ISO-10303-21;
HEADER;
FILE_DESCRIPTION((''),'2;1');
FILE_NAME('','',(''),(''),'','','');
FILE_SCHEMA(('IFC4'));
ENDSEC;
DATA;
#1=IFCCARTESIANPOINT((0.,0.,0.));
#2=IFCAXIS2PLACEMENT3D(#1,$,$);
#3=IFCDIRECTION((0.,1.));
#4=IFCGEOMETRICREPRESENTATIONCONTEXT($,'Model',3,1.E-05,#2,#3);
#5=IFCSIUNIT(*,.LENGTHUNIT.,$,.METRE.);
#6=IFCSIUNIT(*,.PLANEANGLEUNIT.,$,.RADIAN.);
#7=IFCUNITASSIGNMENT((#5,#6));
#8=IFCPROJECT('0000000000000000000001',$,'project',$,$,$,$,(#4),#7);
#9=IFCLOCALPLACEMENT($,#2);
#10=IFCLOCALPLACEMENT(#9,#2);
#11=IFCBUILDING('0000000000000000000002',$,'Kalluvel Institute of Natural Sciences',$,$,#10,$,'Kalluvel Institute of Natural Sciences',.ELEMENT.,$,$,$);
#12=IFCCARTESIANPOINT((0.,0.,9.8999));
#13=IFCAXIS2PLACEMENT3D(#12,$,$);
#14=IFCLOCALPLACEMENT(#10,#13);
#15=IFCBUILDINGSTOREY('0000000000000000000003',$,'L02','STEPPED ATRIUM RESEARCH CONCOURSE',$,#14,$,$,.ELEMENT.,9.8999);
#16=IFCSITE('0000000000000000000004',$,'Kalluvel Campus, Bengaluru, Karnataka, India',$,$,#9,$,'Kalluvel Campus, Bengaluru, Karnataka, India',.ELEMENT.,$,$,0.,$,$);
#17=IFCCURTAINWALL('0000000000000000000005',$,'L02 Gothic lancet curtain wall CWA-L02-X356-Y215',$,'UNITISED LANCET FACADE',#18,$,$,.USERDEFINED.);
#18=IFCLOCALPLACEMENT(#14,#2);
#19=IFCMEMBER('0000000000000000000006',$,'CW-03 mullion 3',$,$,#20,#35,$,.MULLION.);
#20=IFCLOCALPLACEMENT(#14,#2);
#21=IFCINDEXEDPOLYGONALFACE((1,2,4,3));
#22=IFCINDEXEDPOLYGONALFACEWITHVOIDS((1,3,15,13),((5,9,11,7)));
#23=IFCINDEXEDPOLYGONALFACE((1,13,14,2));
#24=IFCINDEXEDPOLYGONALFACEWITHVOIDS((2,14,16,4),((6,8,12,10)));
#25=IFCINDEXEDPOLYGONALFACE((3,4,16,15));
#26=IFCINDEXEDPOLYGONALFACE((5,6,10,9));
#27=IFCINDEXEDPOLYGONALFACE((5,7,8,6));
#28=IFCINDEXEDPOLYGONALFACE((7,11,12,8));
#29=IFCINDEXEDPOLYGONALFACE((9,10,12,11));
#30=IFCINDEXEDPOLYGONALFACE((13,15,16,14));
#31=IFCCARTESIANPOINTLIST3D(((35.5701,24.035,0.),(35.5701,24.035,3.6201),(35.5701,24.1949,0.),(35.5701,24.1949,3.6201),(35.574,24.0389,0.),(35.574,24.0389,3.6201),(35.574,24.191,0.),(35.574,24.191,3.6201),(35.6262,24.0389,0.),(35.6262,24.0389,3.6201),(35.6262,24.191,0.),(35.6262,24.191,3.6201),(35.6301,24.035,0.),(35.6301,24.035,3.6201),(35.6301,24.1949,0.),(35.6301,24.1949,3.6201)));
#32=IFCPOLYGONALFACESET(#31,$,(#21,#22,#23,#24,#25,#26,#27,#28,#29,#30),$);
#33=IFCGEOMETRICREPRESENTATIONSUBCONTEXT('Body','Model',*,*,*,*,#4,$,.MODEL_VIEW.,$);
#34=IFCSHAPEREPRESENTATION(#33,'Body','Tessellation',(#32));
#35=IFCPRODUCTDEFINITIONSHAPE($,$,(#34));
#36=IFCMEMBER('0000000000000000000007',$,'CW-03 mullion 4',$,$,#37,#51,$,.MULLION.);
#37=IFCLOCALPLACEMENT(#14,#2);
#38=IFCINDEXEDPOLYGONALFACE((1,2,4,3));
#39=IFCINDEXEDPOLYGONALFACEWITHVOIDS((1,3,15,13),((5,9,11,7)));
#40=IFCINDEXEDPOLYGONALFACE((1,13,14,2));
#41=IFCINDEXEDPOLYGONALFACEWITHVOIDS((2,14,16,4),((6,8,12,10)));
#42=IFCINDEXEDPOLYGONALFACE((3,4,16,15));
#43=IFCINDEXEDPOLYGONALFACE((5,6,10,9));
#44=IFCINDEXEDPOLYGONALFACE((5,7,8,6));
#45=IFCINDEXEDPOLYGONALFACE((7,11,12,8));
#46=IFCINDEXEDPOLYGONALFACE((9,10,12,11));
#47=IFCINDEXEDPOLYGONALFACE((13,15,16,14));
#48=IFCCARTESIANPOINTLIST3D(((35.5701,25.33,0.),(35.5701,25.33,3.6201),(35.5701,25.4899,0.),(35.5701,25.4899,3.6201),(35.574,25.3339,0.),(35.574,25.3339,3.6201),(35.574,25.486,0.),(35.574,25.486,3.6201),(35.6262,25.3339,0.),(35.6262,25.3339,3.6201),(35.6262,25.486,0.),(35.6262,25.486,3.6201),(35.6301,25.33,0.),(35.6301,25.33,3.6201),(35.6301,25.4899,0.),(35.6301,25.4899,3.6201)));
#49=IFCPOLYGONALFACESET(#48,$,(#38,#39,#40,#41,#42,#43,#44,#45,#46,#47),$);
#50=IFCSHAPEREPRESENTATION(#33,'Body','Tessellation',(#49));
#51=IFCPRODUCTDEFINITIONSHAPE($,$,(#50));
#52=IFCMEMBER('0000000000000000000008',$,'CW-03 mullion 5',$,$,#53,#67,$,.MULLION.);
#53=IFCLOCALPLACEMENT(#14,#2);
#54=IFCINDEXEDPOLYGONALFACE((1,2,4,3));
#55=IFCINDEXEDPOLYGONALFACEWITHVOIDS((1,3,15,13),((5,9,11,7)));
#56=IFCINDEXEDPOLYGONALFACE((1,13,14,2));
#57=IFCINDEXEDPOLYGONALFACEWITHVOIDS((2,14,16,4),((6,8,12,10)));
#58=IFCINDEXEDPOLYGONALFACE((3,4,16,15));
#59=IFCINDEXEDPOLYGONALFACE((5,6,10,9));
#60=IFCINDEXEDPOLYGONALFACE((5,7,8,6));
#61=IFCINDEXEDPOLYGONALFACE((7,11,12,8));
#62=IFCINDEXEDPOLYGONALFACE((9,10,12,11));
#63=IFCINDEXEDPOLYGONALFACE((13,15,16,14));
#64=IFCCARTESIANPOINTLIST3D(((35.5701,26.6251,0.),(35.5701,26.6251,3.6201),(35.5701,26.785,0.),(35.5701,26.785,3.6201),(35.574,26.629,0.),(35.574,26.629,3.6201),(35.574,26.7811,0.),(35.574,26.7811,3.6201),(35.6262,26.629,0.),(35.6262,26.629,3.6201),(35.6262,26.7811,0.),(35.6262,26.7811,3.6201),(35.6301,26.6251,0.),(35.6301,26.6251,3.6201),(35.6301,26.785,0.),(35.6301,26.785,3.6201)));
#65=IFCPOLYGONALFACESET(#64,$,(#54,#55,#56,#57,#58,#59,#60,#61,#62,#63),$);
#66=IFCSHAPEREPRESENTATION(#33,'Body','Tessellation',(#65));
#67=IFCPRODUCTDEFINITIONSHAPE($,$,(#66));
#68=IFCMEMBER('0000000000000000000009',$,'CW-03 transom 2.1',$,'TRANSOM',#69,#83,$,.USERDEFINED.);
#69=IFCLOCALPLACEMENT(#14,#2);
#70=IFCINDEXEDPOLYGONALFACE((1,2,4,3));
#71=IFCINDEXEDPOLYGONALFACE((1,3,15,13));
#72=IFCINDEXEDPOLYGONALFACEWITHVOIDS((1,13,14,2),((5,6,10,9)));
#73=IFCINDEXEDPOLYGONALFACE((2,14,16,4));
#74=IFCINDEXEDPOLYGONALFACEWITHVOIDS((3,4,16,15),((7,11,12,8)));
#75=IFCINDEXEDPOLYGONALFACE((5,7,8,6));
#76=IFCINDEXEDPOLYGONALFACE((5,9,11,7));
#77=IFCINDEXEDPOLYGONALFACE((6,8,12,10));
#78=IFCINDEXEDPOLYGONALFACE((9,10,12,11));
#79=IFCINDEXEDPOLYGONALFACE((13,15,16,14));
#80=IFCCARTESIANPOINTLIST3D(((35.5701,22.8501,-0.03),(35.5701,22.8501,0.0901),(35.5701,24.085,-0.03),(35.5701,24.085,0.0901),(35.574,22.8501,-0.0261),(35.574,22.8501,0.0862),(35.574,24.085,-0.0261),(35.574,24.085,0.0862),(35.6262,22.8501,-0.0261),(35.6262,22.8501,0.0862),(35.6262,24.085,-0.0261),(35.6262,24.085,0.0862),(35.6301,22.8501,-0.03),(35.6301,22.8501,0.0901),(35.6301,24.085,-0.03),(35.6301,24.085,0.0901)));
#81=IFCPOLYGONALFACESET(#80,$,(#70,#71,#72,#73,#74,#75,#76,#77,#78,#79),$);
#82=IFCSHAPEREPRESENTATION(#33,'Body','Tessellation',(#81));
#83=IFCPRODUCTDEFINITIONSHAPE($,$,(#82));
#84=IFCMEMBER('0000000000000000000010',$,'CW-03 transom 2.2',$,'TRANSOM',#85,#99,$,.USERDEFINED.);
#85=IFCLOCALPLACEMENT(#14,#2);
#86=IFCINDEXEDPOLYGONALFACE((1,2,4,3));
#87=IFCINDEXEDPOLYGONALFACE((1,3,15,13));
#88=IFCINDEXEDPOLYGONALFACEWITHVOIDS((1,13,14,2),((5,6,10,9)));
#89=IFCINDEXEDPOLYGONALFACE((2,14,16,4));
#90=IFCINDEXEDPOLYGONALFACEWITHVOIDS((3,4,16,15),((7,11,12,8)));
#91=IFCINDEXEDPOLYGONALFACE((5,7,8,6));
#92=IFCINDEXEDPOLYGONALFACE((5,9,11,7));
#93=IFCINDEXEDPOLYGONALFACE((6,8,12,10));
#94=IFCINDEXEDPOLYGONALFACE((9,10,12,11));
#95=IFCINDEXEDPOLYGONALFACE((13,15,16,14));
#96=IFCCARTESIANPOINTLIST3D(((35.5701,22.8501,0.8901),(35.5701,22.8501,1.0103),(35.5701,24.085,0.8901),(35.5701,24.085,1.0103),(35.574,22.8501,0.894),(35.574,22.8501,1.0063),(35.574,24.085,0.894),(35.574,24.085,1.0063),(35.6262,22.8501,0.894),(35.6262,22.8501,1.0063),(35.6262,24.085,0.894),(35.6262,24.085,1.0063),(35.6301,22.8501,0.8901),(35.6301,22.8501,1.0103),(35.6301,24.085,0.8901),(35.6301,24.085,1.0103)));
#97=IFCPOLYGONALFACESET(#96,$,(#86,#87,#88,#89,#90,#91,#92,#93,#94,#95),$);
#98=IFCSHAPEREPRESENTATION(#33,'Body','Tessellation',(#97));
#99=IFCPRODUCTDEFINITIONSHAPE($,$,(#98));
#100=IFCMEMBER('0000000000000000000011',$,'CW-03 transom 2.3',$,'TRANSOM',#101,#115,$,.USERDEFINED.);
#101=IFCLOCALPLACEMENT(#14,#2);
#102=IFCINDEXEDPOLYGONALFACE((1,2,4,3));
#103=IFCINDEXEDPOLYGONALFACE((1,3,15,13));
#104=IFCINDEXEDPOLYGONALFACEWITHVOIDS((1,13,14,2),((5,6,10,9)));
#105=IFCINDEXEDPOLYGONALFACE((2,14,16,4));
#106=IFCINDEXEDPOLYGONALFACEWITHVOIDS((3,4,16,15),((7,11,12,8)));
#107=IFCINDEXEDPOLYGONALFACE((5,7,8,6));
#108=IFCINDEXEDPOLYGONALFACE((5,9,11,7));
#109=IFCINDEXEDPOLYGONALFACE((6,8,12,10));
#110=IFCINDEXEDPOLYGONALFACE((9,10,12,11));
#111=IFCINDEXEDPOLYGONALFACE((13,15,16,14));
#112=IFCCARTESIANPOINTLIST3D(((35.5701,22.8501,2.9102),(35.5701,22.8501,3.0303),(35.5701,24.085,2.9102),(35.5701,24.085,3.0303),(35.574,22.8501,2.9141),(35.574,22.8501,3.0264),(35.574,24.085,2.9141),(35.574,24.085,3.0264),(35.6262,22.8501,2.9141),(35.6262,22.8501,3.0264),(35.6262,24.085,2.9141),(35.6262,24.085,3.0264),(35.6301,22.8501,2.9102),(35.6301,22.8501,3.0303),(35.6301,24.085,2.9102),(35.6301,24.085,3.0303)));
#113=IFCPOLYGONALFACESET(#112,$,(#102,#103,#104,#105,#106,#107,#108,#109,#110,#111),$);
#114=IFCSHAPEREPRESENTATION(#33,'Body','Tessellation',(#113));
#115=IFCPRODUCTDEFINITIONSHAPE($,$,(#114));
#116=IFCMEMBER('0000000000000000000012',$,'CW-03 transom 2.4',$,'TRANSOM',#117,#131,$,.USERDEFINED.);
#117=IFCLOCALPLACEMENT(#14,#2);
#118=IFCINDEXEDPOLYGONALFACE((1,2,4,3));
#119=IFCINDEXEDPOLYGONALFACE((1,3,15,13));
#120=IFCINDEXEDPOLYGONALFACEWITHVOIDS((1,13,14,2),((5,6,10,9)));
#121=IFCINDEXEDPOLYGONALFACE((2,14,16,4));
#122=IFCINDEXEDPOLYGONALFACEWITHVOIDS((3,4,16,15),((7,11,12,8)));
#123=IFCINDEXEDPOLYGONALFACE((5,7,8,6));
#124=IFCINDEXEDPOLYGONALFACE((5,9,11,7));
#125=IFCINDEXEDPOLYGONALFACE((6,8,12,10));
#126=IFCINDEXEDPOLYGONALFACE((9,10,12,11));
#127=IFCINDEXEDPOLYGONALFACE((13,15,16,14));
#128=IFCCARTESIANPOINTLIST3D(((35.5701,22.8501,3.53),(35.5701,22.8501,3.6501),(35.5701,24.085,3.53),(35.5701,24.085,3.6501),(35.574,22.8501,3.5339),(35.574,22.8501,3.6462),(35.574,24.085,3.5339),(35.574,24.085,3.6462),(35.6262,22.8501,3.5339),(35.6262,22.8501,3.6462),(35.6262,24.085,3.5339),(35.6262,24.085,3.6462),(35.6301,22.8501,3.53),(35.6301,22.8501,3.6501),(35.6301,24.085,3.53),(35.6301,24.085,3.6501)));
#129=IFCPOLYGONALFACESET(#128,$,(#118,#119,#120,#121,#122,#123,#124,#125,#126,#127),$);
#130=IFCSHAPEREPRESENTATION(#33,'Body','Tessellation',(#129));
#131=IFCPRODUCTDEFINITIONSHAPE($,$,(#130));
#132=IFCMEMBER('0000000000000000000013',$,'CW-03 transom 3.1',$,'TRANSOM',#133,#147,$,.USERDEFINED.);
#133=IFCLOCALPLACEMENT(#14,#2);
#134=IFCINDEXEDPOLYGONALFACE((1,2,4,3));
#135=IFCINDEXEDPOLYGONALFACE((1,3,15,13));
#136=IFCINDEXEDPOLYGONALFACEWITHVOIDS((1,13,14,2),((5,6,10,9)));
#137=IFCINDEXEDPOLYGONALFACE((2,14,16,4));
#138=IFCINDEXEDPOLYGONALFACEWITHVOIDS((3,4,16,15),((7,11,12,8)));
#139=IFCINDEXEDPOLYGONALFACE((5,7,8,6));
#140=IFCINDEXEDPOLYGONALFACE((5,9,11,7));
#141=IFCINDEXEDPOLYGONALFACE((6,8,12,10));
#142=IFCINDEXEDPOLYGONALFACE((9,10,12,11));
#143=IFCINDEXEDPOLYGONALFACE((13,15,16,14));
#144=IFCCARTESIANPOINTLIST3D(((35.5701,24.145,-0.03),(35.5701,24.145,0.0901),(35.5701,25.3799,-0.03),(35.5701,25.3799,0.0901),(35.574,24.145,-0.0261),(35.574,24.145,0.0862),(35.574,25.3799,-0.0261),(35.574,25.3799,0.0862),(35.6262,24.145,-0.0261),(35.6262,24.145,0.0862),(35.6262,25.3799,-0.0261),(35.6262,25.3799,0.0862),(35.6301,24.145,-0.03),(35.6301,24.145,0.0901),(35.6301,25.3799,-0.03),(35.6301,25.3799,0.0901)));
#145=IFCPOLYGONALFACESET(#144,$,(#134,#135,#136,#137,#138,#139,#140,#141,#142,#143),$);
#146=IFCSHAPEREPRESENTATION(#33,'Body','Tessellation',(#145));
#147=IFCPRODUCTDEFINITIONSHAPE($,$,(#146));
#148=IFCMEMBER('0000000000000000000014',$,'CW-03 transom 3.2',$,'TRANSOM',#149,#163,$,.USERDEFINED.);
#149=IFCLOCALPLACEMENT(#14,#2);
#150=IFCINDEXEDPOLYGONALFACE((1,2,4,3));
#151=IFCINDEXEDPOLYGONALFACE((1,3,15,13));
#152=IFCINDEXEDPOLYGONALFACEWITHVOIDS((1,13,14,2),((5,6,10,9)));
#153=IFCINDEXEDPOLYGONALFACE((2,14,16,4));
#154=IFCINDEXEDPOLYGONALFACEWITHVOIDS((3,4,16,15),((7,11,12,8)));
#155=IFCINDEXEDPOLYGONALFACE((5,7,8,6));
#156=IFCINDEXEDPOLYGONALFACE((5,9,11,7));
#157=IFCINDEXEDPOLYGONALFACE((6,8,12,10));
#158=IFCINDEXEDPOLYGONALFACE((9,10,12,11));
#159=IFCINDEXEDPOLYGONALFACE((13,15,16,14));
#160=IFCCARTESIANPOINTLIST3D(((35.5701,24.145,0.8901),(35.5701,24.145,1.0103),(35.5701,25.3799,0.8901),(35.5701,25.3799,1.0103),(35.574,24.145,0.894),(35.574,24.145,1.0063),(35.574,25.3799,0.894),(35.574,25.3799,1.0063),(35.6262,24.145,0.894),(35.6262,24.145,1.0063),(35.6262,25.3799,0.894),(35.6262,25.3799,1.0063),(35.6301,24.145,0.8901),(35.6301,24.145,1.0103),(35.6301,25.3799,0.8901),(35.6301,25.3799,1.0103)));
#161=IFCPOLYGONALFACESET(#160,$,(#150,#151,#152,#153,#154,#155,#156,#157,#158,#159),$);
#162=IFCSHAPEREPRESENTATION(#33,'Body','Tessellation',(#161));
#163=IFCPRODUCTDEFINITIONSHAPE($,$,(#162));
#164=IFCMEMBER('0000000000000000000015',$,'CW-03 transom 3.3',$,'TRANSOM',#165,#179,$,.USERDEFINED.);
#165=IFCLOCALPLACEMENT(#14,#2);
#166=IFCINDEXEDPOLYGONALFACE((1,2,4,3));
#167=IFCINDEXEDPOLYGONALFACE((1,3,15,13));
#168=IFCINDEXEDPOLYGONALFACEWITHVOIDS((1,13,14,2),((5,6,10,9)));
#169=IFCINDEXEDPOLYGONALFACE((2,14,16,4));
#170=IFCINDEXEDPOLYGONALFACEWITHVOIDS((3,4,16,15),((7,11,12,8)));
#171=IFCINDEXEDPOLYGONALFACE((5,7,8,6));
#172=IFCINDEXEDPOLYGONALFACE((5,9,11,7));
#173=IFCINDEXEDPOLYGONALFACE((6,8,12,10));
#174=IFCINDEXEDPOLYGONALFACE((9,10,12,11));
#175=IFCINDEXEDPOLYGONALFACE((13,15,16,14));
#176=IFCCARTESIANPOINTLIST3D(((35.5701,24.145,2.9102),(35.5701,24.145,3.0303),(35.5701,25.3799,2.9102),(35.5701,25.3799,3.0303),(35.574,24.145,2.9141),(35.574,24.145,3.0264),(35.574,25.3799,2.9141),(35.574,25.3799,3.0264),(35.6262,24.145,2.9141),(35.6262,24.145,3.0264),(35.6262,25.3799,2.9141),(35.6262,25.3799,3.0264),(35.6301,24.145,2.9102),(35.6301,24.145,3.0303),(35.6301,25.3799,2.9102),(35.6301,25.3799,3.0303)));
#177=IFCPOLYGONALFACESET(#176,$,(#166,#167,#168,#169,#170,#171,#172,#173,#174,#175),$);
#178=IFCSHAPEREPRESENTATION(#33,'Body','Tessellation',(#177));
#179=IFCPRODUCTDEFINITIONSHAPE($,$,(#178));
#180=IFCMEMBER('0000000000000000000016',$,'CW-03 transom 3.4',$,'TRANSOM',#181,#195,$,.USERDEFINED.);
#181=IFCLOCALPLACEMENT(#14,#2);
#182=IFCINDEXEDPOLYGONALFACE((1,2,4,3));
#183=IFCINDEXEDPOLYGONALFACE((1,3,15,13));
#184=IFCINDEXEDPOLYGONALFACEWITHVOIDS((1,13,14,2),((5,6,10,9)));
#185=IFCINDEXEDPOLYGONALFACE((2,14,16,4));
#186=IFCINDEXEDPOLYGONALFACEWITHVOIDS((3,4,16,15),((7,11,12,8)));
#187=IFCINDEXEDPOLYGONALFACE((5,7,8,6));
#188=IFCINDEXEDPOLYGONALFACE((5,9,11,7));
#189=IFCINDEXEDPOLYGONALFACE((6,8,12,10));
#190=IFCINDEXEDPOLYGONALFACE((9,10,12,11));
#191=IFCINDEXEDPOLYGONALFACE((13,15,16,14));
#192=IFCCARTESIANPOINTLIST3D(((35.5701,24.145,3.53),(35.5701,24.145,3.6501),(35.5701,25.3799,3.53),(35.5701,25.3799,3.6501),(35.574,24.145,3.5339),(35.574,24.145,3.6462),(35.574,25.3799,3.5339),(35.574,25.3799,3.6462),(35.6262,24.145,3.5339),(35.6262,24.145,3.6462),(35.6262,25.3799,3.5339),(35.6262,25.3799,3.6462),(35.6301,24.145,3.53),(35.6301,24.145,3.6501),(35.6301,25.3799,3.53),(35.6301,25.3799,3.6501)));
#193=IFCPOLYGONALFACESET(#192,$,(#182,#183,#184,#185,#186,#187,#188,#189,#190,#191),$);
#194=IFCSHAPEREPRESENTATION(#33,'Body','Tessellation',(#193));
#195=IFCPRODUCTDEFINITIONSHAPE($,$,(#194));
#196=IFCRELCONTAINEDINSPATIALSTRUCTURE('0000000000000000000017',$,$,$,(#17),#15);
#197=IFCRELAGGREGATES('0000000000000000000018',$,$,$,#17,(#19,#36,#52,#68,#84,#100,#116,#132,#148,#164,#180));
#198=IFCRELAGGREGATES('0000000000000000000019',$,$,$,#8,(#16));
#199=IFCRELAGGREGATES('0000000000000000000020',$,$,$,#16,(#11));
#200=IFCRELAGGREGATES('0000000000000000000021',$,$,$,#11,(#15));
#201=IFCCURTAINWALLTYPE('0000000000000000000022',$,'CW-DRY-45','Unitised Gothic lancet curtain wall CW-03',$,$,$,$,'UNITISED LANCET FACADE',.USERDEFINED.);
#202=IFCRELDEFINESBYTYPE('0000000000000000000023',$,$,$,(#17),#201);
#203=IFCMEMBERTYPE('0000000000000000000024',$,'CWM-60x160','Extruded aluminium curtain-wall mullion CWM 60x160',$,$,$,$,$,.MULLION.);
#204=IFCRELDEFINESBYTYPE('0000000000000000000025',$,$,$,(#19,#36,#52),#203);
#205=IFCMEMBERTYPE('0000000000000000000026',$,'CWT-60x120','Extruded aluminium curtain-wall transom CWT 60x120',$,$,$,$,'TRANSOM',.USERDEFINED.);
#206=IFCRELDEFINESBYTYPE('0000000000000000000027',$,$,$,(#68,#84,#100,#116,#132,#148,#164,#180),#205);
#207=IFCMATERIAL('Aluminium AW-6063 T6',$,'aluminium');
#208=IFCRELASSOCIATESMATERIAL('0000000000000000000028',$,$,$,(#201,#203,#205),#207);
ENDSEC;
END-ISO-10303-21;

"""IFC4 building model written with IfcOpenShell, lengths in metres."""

from ifc_helpers import new_model, si_unit, direction, frame, origin, origin_2d, place, context, subcontext, project, spatial, hollow_rectangle, extrude, material, material_profile, profile_set, type_object, element, aggregate, save


model = new_model("IFC4")

# Units and contexts
model_context = context("Model", 3, precision=1e-05, world=origin(), true_north=direction((0.0, 1.0)))
body_context = subcontext(model_context, "Body", "Model", "MODEL_VIEW")
ifc_project = project(units=[si_unit("LENGTHUNIT", "METRE"), si_unit("PLANEANGLEUNIT", "RADIAN")], contexts=[model_context])

# Site, building, storey
site_placement = place(None, origin())
site = spatial("IfcSite", under=ifc_project, at=site_placement, Name="Kalluvel Campus, Bengaluru, Karnataka, India", LongName="Kalluvel Campus, Bengaluru, Karnataka, India", CompositionType="ELEMENT", RefElevation=0.0)
building_placement = place(site_placement, origin())
building = spatial("IfcBuilding", under=site, at=building_placement, Name="Kalluvel Institute of Natural Sciences", LongName="Kalluvel Institute of Natural Sciences", CompositionType="ELEMENT")
storey_placement = place(building_placement, frame((0.0, 0.0, 9.8999)))
storey = spatial("IfcBuildingStorey", under=building, at=storey_placement, Name="L02", Description="STEPPED ATRIUM RESEARCH CONCOURSE", CompositionType="ELEMENT", Elevation=9.8999)

# Curtain wall, members
ifc_material_1 = material(Name="Aluminium AW-6063 T6", Category="aluminium")
curtain_wall_type = type_object("IfcCurtainWallType", Name="CW-DRY-45", Description="Unitised Gothic lancet curtain wall CW-03", ElementType="UNITISED LANCET FACADE", PredefinedType="USERDEFINED", material=ifc_material_1)
curtain_wall_placement = place(storey_placement, origin())
curtain_wall = element("IfcCurtainWall", 1, at=curtain_wall_placement, inside=storey, type_object=curtain_wall_type, Name="L02 Gothic lancet curtain wall CWA-L02-X356-Y215", ObjectType="UNITISED LANCET FACADE", PredefinedType="USERDEFINED")
ifc_material_profile_1 = material_profile(ifc_material_1, hollow_rectangle(XDim=0.0601, YDim=0.1599, WallThickness=0.0039, at=origin_2d()), Name="CWM 60x160")
ifc_profile_set_1 = profile_set([ifc_material_profile_1], Name="Aluminium AW-6063 T6")
member_type_1 = type_object("IfcMemberType", Name="CWM-60x160", Description="Extruded aluminium curtain-wall mullion CWM 60x160", PredefinedType="MULLION", material=ifc_profile_set_1)
member_1_placement = place(storey_placement, frame((35.6001, 24.115, 0.0), z_axis=(0.0, 0.0, 1.0), x_axis=(-1.0, 0.0, 0.0)))
member_1 = element("IfcMember", 2, at=member_1_placement, type_object=member_type_1, Name="CW-03 mullion 3", PredefinedType="MULLION", context=body_context, shape_type="SweptSolid", body=[
    extrude(hollow_rectangle(XDim=0.0601, YDim=0.1599, WallThickness=0.0039, at=origin_2d()), origin(), (0.0, 0.0, 1.0), 3.6201),
])
member_2_placement = place(storey_placement, frame((35.6001, 25.4099, 0.0), z_axis=(0.0, 0.0, 1.0), x_axis=(-1.0, 0.0, 0.0)))
member_2 = element("IfcMember", 3, at=member_2_placement, type_object=member_type_1, Name="CW-03 mullion 4", PredefinedType="MULLION", context=body_context, shape_type="SweptSolid", body=[
    extrude(hollow_rectangle(XDim=0.0601, YDim=0.1599, WallThickness=0.0039, at=origin_2d()), origin(), (0.0, 0.0, 1.0), 3.6201),
])
member_3_placement = place(storey_placement, frame((35.6001, 26.7051, 0.0), z_axis=(0.0, 0.0, 1.0), x_axis=(-1.0, 0.0, 0.0)))
member_3 = element("IfcMember", 4, at=member_3_placement, type_object=member_type_1, Name="CW-03 mullion 5", PredefinedType="MULLION", context=body_context, shape_type="SweptSolid", body=[
    extrude(hollow_rectangle(XDim=0.0601, YDim=0.1599, WallThickness=0.0039, at=origin_2d()), origin(), (0.0, 0.0, 1.0), 3.6201),
])
ifc_material_profile_2 = material_profile(ifc_material_1, hollow_rectangle(XDim=0.0601, YDim=0.1201, WallThickness=0.0039, at=origin_2d()), Name="CWT 60x120")
ifc_profile_set_2 = profile_set([ifc_material_profile_2], Name="Aluminium AW-6063 T6")
member_type_2 = type_object("IfcMemberType", Name="CWT-60x120", Description="Extruded aluminium curtain-wall transom CWT 60x120", ElementType="TRANSOM", PredefinedType="USERDEFINED", material=ifc_profile_set_2)
member_4_placement = place(storey_placement, frame((35.6001, 22.8501, 0.03), z_axis=(0.0, 1.0, 0.0), x_axis=(-1.0, 0.0, 0.0)))
member_4 = element("IfcMember", 5, at=member_4_placement, type_object=member_type_2, Name="CW-03 transom 2.1", ObjectType="TRANSOM", PredefinedType="USERDEFINED", context=body_context, shape_type="SweptSolid", body=[
    extrude(hollow_rectangle(XDim=0.0601, YDim=0.1201, WallThickness=0.0039, at=origin_2d()), origin(), (0.0, 0.0, 1.0), 1.2349),
])
member_5_placement = place(storey_placement, frame((35.6001, 22.8501, 0.9502), z_axis=(0.0, 1.0, 0.0), x_axis=(-1.0, 0.0, 0.0)))
member_5 = element("IfcMember", 6, at=member_5_placement, type_object=member_type_2, Name="CW-03 transom 2.2", ObjectType="TRANSOM", PredefinedType="USERDEFINED", context=body_context, shape_type="SweptSolid", body=[
    extrude(hollow_rectangle(XDim=0.0601, YDim=0.1201, WallThickness=0.0039, at=origin_2d()), origin(), (0.0, 0.0, 1.0), 1.2349),
])
member_6_placement = place(storey_placement, frame((35.6001, 22.8501, 2.9702), z_axis=(0.0, 1.0, 0.0), x_axis=(-1.0, 0.0, 0.0)))
member_6 = element("IfcMember", 7, at=member_6_placement, type_object=member_type_2, Name="CW-03 transom 2.3", ObjectType="TRANSOM", PredefinedType="USERDEFINED", context=body_context, shape_type="SweptSolid", body=[
    extrude(hollow_rectangle(XDim=0.0601, YDim=0.1201, WallThickness=0.0039, at=origin_2d()), origin(), (0.0, 0.0, 1.0), 1.2349),
])
member_7_placement = place(storey_placement, frame((35.6001, 22.8501, 3.5901), z_axis=(0.0, 1.0, 0.0), x_axis=(-1.0, 0.0, 0.0)))
member_7 = element("IfcMember", 8, at=member_7_placement, type_object=member_type_2, Name="CW-03 transom 2.4", ObjectType="TRANSOM", PredefinedType="USERDEFINED", context=body_context, shape_type="SweptSolid", body=[
    extrude(hollow_rectangle(XDim=0.0601, YDim=0.1201, WallThickness=0.0039, at=origin_2d()), origin(), (0.0, 0.0, 1.0), 1.2349),
])
member_8_placement = place(storey_placement, frame((35.6001, 24.145, 0.03), z_axis=(0.0, 1.0, 0.0), x_axis=(-1.0, 0.0, 0.0)))
member_8 = element("IfcMember", 9, at=member_8_placement, type_object=member_type_2, Name="CW-03 transom 3.1", ObjectType="TRANSOM", PredefinedType="USERDEFINED", context=body_context, shape_type="SweptSolid", body=[
    extrude(hollow_rectangle(XDim=0.0601, YDim=0.1201, WallThickness=0.0039, at=origin_2d()), origin(), (0.0, 0.0, 1.0), 1.2349),
])
member_9_placement = place(storey_placement, frame((35.6001, 24.145, 0.9502), z_axis=(0.0, 1.0, 0.0), x_axis=(-1.0, 0.0, 0.0)))
member_9 = element("IfcMember", 10, at=member_9_placement, type_object=member_type_2, Name="CW-03 transom 3.2", ObjectType="TRANSOM", PredefinedType="USERDEFINED", context=body_context, shape_type="SweptSolid", body=[
    extrude(hollow_rectangle(XDim=0.0601, YDim=0.1201, WallThickness=0.0039, at=origin_2d()), origin(), (0.0, 0.0, 1.0), 1.2349),
])
member_10_placement = place(storey_placement, frame((35.6001, 24.145, 2.9702), z_axis=(0.0, 1.0, 0.0), x_axis=(-1.0, 0.0, 0.0)))
member_10 = element("IfcMember", 11, at=member_10_placement, type_object=member_type_2, Name="CW-03 transom 3.3", ObjectType="TRANSOM", PredefinedType="USERDEFINED", context=body_context, shape_type="SweptSolid", body=[
    extrude(hollow_rectangle(XDim=0.0601, YDim=0.1201, WallThickness=0.0039, at=origin_2d()), origin(), (0.0, 0.0, 1.0), 1.2349),
])
member_11_placement = place(storey_placement, frame((35.6001, 24.145, 3.5901), z_axis=(0.0, 1.0, 0.0), x_axis=(-1.0, 0.0, 0.0)))
member_11 = element("IfcMember", 12, at=member_11_placement, type_object=member_type_2, Name="CW-03 transom 3.4", ObjectType="TRANSOM", PredefinedType="USERDEFINED", context=body_context, shape_type="SweptSolid", body=[
    extrude(hollow_rectangle(XDim=0.0601, YDim=0.1201, WallThickness=0.0039, at=origin_2d()), origin(), (0.0, 0.0, 1.0), 1.2349),
])
aggregate(curtain_wall, [member_1, member_2, member_3, member_4, member_5, member_6, member_7, member_8, member_9, member_10, member_11])

save(model, "model.ifc")
